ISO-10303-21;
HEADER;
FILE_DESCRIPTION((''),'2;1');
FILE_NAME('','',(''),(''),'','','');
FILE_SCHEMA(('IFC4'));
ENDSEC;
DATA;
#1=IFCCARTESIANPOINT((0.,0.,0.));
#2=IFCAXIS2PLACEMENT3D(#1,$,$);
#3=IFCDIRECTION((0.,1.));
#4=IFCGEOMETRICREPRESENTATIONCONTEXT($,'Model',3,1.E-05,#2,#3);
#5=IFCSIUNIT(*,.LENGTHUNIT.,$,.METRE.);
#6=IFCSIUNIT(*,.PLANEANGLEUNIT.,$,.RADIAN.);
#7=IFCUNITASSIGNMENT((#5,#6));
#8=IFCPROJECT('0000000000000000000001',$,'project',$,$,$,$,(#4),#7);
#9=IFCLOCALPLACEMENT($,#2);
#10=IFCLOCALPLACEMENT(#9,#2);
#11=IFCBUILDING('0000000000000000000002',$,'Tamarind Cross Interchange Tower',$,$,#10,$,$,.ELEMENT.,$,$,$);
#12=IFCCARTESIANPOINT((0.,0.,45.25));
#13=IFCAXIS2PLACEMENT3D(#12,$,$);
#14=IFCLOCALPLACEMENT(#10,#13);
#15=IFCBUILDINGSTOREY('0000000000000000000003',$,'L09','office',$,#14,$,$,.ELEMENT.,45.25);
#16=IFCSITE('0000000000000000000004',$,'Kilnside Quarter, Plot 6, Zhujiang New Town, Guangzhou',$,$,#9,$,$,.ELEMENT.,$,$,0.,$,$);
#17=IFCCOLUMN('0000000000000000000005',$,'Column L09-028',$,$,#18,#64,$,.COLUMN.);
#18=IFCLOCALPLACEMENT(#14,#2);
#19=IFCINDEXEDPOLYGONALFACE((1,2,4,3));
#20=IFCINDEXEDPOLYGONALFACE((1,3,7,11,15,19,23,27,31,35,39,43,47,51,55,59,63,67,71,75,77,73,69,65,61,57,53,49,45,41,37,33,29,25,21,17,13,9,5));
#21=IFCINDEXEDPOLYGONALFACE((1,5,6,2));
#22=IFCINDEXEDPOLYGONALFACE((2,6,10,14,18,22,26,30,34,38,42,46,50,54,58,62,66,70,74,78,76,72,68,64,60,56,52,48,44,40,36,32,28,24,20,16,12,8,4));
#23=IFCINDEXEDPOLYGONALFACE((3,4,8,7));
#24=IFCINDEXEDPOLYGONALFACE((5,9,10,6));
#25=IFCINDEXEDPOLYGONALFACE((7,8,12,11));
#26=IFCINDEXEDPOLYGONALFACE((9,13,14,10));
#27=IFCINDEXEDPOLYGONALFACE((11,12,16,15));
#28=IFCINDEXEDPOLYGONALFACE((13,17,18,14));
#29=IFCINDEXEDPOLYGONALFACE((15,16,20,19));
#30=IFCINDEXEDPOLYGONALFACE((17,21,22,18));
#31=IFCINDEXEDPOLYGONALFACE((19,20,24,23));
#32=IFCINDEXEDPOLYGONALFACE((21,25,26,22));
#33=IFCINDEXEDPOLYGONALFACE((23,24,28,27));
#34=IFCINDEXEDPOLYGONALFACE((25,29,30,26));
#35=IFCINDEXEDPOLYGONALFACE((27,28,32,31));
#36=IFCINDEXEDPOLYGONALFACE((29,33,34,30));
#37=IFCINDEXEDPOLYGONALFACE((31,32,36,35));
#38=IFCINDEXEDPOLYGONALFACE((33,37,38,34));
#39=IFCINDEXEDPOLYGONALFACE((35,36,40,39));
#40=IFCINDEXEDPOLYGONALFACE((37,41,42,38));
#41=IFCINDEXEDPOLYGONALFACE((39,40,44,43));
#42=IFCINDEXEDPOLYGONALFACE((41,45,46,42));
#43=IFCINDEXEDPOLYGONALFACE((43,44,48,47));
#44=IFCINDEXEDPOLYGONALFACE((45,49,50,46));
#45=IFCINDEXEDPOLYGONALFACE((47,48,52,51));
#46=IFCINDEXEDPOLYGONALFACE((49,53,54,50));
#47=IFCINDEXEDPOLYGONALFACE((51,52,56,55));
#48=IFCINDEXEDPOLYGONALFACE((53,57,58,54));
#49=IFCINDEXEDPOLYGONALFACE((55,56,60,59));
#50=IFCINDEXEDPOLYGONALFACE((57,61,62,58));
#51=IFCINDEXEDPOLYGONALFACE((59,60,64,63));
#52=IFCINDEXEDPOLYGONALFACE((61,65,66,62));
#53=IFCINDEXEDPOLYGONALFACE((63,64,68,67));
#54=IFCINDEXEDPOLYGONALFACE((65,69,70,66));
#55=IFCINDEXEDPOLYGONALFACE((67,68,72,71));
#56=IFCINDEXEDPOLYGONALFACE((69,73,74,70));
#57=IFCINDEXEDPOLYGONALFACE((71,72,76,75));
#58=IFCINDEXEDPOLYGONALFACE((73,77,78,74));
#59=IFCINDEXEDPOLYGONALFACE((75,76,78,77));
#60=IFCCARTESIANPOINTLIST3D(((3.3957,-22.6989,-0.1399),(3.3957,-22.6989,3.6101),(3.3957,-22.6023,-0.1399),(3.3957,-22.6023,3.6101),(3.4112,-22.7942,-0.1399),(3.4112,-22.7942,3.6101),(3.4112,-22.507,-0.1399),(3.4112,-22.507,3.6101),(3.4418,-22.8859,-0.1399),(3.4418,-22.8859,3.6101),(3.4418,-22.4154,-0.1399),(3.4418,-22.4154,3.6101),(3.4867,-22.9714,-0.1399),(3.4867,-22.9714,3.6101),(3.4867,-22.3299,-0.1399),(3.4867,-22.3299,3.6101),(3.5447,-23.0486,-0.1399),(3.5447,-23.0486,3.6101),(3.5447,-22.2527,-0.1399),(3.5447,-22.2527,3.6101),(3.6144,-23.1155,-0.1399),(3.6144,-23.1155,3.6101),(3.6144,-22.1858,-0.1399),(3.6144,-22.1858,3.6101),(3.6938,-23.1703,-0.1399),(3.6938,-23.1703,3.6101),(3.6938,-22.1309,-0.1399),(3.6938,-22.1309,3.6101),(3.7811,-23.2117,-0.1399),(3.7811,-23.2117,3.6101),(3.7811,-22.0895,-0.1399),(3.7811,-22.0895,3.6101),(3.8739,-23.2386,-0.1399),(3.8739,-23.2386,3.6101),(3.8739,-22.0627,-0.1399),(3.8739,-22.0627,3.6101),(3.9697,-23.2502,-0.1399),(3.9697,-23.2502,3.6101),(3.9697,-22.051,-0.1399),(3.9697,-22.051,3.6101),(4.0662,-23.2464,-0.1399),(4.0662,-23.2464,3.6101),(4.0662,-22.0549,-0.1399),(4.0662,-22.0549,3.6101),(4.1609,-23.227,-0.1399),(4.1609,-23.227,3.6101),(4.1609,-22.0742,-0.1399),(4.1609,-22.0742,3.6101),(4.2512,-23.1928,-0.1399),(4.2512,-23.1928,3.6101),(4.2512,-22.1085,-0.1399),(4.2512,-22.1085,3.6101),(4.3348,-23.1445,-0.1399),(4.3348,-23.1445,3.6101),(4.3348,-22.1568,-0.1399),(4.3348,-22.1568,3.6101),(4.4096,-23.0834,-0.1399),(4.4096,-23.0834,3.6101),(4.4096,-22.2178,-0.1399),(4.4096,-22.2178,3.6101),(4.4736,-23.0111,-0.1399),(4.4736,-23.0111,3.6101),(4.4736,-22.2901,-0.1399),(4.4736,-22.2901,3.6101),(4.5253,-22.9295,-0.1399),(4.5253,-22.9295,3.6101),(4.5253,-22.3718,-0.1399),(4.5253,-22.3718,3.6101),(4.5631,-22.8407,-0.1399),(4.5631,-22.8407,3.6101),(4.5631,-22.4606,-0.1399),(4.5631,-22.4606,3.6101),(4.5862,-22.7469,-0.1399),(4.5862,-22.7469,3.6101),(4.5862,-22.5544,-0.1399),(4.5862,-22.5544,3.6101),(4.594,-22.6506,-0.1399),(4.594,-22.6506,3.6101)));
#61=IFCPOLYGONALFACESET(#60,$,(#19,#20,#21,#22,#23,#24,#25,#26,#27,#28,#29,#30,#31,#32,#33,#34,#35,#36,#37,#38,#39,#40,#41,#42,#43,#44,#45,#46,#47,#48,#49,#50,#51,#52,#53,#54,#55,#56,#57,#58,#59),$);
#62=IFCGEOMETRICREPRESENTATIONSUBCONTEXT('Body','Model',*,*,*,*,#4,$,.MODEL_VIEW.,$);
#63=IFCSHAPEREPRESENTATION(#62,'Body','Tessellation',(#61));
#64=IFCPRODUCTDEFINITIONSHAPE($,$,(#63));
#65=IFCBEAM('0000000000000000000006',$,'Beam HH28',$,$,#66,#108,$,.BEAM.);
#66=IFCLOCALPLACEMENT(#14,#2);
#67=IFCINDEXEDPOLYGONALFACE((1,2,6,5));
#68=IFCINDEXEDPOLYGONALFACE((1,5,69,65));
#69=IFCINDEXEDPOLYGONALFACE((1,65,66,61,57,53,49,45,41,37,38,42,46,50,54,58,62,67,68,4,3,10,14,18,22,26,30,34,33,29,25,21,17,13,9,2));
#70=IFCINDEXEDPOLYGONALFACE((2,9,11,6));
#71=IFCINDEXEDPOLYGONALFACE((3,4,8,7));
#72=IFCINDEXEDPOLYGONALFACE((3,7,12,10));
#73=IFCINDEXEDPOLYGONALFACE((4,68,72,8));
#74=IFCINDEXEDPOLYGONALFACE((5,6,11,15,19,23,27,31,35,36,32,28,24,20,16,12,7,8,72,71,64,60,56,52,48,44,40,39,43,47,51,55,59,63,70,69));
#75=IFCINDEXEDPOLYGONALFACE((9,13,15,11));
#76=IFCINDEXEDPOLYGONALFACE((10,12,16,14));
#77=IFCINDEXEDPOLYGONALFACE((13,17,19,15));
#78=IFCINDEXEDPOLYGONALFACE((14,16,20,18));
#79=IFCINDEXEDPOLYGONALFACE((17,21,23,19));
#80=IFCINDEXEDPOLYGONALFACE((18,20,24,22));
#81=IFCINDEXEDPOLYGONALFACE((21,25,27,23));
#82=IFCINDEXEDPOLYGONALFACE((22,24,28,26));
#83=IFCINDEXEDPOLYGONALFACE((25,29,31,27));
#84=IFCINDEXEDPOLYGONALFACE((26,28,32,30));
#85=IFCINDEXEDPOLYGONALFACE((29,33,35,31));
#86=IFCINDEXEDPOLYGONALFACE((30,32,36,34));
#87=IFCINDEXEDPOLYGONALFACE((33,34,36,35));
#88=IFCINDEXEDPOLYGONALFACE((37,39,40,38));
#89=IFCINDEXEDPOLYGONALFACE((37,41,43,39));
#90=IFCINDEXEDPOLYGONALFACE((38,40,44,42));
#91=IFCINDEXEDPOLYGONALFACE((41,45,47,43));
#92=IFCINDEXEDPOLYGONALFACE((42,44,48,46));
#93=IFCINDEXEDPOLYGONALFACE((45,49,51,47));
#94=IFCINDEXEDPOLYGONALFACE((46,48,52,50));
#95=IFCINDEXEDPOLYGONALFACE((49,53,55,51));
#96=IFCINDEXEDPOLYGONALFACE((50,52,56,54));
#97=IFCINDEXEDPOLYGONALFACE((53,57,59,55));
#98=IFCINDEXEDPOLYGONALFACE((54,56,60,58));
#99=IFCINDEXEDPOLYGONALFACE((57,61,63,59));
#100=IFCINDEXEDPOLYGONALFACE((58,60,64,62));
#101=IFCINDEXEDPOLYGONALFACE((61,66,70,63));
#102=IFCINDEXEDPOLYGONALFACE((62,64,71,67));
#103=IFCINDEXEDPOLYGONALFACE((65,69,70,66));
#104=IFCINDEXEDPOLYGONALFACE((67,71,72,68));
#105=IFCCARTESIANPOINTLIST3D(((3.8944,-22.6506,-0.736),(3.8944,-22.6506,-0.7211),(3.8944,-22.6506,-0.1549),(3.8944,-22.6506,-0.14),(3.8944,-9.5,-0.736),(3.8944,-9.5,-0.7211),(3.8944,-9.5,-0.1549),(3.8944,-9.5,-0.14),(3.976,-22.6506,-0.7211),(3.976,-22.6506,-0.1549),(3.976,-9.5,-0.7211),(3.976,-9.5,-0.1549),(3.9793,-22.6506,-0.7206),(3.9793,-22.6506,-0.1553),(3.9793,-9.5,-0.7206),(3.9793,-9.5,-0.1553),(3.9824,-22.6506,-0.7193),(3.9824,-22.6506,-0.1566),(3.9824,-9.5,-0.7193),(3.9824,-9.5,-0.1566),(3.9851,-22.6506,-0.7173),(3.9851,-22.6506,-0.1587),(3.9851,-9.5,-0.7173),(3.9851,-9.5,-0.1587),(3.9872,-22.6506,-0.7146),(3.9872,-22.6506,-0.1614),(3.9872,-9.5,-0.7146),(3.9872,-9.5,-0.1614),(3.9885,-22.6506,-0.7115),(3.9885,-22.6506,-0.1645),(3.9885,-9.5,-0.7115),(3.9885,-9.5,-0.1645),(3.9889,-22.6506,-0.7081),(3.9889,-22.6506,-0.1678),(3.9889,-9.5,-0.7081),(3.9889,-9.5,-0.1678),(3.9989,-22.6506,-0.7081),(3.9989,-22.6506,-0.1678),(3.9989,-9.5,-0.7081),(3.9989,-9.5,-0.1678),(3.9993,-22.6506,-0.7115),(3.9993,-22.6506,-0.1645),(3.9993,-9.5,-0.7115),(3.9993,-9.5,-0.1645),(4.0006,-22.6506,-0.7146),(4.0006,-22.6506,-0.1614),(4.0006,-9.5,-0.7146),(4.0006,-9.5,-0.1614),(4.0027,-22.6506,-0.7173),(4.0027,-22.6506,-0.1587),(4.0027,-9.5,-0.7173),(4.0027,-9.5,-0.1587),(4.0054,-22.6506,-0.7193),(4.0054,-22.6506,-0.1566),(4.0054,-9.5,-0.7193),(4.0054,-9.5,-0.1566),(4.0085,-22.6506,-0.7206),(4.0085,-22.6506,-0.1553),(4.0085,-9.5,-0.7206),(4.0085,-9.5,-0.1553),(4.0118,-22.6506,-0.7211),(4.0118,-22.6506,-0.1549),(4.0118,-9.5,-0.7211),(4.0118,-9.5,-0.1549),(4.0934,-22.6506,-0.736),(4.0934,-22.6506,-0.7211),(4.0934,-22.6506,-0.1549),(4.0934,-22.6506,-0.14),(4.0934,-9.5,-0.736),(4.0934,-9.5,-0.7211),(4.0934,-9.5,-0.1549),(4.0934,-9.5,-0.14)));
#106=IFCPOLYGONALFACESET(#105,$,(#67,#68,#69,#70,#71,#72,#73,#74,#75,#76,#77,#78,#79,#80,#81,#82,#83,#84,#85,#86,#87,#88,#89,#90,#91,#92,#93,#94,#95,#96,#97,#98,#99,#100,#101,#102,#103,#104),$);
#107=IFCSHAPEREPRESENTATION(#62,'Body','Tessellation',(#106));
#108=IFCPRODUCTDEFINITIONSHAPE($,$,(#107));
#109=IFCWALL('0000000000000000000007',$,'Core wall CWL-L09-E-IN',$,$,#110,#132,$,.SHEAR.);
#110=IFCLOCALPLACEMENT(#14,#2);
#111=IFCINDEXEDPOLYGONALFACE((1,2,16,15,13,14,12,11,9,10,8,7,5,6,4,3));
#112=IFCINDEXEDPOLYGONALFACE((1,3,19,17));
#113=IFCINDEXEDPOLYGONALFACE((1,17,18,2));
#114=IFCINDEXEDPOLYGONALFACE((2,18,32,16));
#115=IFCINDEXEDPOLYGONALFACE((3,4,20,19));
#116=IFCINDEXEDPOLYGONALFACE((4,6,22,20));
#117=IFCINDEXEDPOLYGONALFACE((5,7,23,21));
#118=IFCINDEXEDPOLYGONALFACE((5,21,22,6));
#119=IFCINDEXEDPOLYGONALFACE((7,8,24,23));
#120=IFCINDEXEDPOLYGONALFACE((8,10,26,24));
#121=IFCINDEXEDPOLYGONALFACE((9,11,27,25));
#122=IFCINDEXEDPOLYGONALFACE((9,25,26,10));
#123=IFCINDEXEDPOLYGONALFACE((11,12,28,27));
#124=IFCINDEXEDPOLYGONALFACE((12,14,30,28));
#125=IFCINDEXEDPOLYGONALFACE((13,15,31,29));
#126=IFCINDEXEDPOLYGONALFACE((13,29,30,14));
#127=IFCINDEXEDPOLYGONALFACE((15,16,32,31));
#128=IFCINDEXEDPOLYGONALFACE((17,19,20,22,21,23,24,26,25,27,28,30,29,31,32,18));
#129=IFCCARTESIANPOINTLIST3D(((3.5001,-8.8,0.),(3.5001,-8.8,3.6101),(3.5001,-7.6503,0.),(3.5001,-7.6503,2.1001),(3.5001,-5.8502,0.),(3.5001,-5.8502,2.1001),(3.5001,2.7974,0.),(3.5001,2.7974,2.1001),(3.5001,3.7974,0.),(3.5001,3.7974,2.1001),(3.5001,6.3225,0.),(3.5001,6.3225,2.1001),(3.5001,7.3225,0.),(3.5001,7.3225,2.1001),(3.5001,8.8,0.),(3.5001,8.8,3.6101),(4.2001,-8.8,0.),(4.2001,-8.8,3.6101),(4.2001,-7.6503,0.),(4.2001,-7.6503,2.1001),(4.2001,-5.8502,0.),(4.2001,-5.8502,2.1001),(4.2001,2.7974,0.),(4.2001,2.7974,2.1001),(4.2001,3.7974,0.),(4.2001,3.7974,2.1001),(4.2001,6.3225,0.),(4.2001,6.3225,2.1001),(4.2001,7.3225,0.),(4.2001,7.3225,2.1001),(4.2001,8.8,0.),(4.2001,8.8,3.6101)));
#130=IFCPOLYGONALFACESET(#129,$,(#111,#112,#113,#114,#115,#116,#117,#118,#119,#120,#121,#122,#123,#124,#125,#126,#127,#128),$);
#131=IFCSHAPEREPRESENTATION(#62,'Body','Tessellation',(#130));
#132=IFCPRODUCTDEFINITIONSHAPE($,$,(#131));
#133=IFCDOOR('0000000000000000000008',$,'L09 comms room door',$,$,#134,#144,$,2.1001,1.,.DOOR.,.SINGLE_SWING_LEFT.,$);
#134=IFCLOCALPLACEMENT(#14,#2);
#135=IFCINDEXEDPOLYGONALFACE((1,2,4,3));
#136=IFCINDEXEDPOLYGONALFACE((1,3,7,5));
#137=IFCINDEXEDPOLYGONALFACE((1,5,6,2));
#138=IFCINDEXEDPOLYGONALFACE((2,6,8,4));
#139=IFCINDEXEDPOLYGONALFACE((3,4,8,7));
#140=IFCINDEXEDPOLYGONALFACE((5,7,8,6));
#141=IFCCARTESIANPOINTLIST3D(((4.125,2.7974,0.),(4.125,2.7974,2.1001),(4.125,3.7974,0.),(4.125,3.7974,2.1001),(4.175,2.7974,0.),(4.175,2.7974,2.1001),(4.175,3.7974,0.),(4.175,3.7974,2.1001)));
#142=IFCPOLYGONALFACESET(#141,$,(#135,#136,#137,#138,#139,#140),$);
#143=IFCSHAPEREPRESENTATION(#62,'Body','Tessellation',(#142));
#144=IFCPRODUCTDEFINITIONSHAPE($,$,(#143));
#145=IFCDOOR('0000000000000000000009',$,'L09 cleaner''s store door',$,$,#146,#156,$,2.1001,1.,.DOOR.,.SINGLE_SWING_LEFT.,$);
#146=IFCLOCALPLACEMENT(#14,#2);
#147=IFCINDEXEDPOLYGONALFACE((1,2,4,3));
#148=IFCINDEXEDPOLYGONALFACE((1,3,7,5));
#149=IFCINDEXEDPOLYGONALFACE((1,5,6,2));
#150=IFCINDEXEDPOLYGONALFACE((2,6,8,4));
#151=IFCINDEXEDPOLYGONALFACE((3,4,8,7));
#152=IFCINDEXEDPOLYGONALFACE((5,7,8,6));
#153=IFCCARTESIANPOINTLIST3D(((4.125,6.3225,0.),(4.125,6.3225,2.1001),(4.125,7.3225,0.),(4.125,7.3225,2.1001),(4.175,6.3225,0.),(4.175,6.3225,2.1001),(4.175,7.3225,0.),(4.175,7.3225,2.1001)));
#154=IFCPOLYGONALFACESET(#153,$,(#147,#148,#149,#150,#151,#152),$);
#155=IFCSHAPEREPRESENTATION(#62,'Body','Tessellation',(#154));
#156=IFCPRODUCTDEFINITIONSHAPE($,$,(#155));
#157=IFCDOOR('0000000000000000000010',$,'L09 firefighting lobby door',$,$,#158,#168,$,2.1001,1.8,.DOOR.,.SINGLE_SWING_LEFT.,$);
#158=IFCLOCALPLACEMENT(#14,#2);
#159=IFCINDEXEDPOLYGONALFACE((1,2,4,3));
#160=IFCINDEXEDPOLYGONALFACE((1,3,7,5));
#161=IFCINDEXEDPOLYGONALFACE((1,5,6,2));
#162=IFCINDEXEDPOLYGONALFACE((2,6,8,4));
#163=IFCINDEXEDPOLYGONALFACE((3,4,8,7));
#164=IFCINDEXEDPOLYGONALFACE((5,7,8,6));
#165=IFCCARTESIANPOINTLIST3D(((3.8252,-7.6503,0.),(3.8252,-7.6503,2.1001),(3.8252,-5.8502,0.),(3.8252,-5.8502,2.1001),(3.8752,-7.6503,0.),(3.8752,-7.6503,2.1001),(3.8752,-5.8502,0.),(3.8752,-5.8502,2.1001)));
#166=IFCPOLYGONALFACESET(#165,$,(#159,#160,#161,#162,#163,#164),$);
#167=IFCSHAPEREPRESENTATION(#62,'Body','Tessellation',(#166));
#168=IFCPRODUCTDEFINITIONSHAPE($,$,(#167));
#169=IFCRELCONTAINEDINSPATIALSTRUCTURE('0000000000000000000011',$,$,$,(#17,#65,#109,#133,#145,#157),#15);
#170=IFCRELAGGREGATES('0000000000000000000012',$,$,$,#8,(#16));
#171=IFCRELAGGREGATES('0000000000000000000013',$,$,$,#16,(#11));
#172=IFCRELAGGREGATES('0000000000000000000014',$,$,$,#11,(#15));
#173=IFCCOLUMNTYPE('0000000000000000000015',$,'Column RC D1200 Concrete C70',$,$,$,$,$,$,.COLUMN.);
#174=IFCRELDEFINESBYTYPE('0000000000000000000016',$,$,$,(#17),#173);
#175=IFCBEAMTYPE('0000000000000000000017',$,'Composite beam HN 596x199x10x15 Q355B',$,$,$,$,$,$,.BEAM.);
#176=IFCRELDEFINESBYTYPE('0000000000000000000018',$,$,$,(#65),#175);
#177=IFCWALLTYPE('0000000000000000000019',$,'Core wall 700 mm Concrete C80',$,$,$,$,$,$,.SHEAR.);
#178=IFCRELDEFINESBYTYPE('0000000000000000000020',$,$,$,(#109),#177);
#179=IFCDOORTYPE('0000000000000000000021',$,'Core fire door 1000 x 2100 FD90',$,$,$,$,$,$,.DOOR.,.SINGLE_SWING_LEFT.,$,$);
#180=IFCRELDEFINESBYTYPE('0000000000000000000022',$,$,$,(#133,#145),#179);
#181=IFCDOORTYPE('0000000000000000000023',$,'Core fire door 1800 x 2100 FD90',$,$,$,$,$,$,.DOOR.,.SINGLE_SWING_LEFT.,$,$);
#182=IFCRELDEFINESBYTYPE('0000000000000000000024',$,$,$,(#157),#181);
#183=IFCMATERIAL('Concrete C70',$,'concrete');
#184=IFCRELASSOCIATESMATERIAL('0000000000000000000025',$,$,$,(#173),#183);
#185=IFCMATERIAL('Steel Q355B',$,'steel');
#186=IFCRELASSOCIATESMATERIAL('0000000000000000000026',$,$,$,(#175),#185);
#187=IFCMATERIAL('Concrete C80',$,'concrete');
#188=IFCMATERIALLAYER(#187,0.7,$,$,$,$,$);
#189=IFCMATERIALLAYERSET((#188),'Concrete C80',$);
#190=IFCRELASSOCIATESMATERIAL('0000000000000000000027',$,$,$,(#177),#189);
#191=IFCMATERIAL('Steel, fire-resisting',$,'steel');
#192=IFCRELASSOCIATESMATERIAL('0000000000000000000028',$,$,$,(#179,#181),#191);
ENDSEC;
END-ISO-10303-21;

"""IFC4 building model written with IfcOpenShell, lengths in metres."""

from ifc_helpers import new_model, si_unit, direction, frame, frame_2d, origin, origin_2d, place, context, subcontext, project, spatial, rectangle, circle, i_section, extrude, material, layer, layer_set, material_profile, profile_set, type_object, element, fill, save


model = new_model("IFC4")

# Units and contexts
model_context = context("Model", 3, precision=1e-05, world=origin(), true_north=direction((0.0, 1.0)))
body_context = subcontext(model_context, "Body", "Model", "MODEL_VIEW")
ifc_project = project(units=[si_unit("LENGTHUNIT", "METRE"), si_unit("PLANEANGLEUNIT", "RADIAN")], contexts=[model_context])

# Site, building, storey
site_placement = place(None, origin())
site = spatial("IfcSite", under=ifc_project, at=site_placement, Name="Kilnside Quarter, Plot 6, Zhujiang New Town, Guangzhou", CompositionType="ELEMENT", RefElevation=0.0)
building_placement = place(site_placement, origin())
building = spatial("IfcBuilding", under=site, at=building_placement, Name="Tamarind Cross Interchange Tower", CompositionType="ELEMENT")
storey_placement = place(building_placement, frame((0.0, 0.0, 45.25)))
storey = spatial("IfcBuildingStorey", under=building, at=storey_placement, Name="L09", Description="office", CompositionType="ELEMENT", Elevation=45.25)

# Column
ifc_material_1 = material(Name="Concrete C70", Category="concrete")
ifc_material_profile_1 = material_profile(ifc_material_1, circle(Radius=0.6001, at=origin_2d()), Name="RC D1200")
ifc_profile_set_1 = profile_set([ifc_material_profile_1], Name="Concrete C70")
column_type = type_object("IfcColumnType", Name="Column RC D1200 Concrete C70", PredefinedType="COLUMN", material=ifc_profile_set_1)
column_placement = place(storey_placement, frame((3.9939, -22.6506, -0.1399), z_axis=(0.0, 0.0, 1.0), x_axis=(1.0, 0.0, 0.0)))
element("IfcColumn", 1, at=column_placement, inside=storey, type_object=column_type, Name="Column L09-028", PredefinedType="COLUMN", context=body_context, shape_type="SweptSolid", body=[
    extrude(circle(Radius=0.6001, at=origin_2d()), origin(), (0.0, 0.0, 1.0), 3.75),
])

# Beam
ifc_material_2 = material(Name="Steel Q355B", Category="steel")
ifc_material_profile_2 = material_profile(ifc_material_2, i_section(OverallWidth=0.199, OverallDepth=0.5959, WebThickness=0.01, FlangeThickness=0.0149, FilletRadius=0.0129, at=origin_2d()), Name="HN 596x199x10x15")
ifc_profile_set_2 = profile_set([ifc_material_profile_2], Name="Steel Q355B")
beam_type = type_object("IfcBeamType", Name="Composite beam HN 596x199x10x15 Q355B", PredefinedType="BEAM", material=ifc_profile_set_2)
beam_placement = place(storey_placement, frame((3.9939, -22.6506, -0.438), z_axis=(0.0, 1.0, 0.0), x_axis=(-1.0, 0.0, 0.0)))
element("IfcBeam", 2, at=beam_placement, inside=storey, type_object=beam_type, Name="Beam HH28", PredefinedType="BEAM", context=body_context, shape_type="SweptSolid", body=[
    extrude(i_section(OverallWidth=0.199, OverallDepth=0.5959, WebThickness=0.01, FlangeThickness=0.0149, FilletRadius=0.0129, at=origin_2d()), origin(), (0.0, 0.0, 1.0), 13.1506),
])

# Wall, openings, doors
ifc_material_3 = material(Name="Concrete C80", Category="concrete")
ifc_layer_1 = layer(ifc_material_3, 0.7)
ifc_layer_set_1 = layer_set([ifc_layer_1], Name="Concrete C80")
wall_type_1 = type_object("IfcWallType", Name="Core wall 700 mm Concrete C80", PredefinedType="SHEAR", material=ifc_layer_set_1)
wall_1_placement = place(storey_placement, frame((3.8501, -8.8, 0.0), z_axis=(0.0, 0.0, 1.0), x_axis=(0.0, 1.0, 0.0)))
wall_1 = element("IfcWall", 3, at=wall_1_placement, inside=storey, type_object=wall_type_1, Name="Core wall CWL-L09-E-IN", PredefinedType="SHEAR", context=body_context, shape_type="SweptSolid", body=[
    extrude(rectangle(XDim=17.6001, YDim=0.7, at=frame_2d((8.8, 0.0))), origin(), (0.0, 0.0, 1.0), 3.6101),
])
opening_1_placement = place(wall_1_placement, frame((1.1499, 0.0, 0.0)))
opening_1 = element("IfcOpeningElement", 4, at=opening_1_placement, cuts=wall_1, PredefinedType="OPENING", context=body_context, shape_type="SweptSolid", body=[
    extrude(rectangle(XDim=1.8, YDim=2.1001, at=frame_2d((0.8999, 1.05))), frame((0.0, 0.3599, 0.0), z_axis=(0.0, -1.0, 0.0), x_axis=(1.0, 0.0, 0.0)), (0.0, 0.0, 1.0), 0.72),
])
opening_2_placement = place(wall_1_placement, frame((11.5974, 0.0, 0.0)))
opening_2 = element("IfcOpeningElement", 5, at=opening_2_placement, cuts=wall_1, PredefinedType="OPENING", context=body_context, shape_type="SweptSolid", body=[
    extrude(rectangle(XDim=1.0, YDim=2.1001, at=frame_2d((0.5, 1.05))), frame((0.0, 0.3599, 0.0), z_axis=(0.0, -1.0, 0.0), x_axis=(1.0, 0.0, 0.0)), (0.0, 0.0, 1.0), 0.72),
])
opening_3_placement = place(wall_1_placement, frame((15.1226, 0.0, 0.0)))
opening_3 = element("IfcOpeningElement", 6, at=opening_3_placement, cuts=wall_1, PredefinedType="OPENING", context=body_context, shape_type="SweptSolid", body=[
    extrude(rectangle(XDim=1.0, YDim=2.1001, at=frame_2d((0.5, 1.05))), frame((0.0, 0.3599, 0.0), z_axis=(0.0, -1.0, 0.0), x_axis=(1.0, 0.0, 0.0)), (0.0, 0.0, 1.0), 0.72),
])
ifc_material_4 = material(Name="Steel, fire-resisting", Category="steel")
door_type_1 = type_object("IfcDoorType", Name="Core fire door 1000 x 2100 FD90", OperationType="SINGLE_SWING_LEFT", PredefinedType="DOOR", material=ifc_material_4)
door_1_placement = place(opening_2_placement, origin())
door_1 = element("IfcDoor", 7, at=door_1_placement, inside=storey, type_object=door_type_1, Name="L09 comms room door", OperationType="SINGLE_SWING_LEFT", OverallHeight=2.1001, OverallWidth=1.0, PredefinedType="DOOR", context=body_context, shape_type="SweptSolid", body=[
    extrude(rectangle(XDim=1.0, YDim=2.1001, at=frame_2d((0.5, 1.05))), frame((0.0, -0.2749, 0.0), z_axis=(0.0, -1.0, 0.0), x_axis=(1.0, 0.0, 0.0)), (0.0, 0.0, 1.0), 0.05),
])
fill(opening_2, door_1)
door_2_placement = place(opening_3_placement, origin())
door_2 = element("IfcDoor", 8, at=door_2_placement, inside=storey, type_object=door_type_1, Name="L09 cleaner's store door", OperationType="SINGLE_SWING_LEFT", OverallHeight=2.1001, OverallWidth=1.0, PredefinedType="DOOR", context=body_context, shape_type="SweptSolid", body=[
    extrude(rectangle(XDim=1.0, YDim=2.1001, at=frame_2d((0.5, 1.05))), frame((0.0, -0.2749, 0.0), z_axis=(0.0, -1.0, 0.0), x_axis=(1.0, 0.0, 0.0)), (0.0, 0.0, 1.0), 0.05),
])
fill(opening_3, door_2)
door_type_2 = type_object("IfcDoorType", Name="Core fire door 1800 x 2100 FD90", OperationType="SINGLE_SWING_LEFT", PredefinedType="DOOR", material=ifc_material_4)
door_3_placement = place(opening_1_placement, origin())
door_3 = element("IfcDoor", 9, at=door_3_placement, inside=storey, type_object=door_type_2, Name="L09 firefighting lobby door", OperationType="SINGLE_SWING_LEFT", OverallHeight=2.1001, OverallWidth=1.8, PredefinedType="DOOR", context=body_context, shape_type="SweptSolid", body=[
    extrude(rectangle(XDim=1.8, YDim=2.1001, at=frame_2d((0.8999, 1.05))), frame((0.0, 0.0249, 0.0), z_axis=(0.0, -1.0, 0.0), x_axis=(1.0, 0.0, 0.0)), (0.0, 0.0, 1.0), 0.05),
])
fill(opening_1, door_3)

save(model, "model.ifc")
